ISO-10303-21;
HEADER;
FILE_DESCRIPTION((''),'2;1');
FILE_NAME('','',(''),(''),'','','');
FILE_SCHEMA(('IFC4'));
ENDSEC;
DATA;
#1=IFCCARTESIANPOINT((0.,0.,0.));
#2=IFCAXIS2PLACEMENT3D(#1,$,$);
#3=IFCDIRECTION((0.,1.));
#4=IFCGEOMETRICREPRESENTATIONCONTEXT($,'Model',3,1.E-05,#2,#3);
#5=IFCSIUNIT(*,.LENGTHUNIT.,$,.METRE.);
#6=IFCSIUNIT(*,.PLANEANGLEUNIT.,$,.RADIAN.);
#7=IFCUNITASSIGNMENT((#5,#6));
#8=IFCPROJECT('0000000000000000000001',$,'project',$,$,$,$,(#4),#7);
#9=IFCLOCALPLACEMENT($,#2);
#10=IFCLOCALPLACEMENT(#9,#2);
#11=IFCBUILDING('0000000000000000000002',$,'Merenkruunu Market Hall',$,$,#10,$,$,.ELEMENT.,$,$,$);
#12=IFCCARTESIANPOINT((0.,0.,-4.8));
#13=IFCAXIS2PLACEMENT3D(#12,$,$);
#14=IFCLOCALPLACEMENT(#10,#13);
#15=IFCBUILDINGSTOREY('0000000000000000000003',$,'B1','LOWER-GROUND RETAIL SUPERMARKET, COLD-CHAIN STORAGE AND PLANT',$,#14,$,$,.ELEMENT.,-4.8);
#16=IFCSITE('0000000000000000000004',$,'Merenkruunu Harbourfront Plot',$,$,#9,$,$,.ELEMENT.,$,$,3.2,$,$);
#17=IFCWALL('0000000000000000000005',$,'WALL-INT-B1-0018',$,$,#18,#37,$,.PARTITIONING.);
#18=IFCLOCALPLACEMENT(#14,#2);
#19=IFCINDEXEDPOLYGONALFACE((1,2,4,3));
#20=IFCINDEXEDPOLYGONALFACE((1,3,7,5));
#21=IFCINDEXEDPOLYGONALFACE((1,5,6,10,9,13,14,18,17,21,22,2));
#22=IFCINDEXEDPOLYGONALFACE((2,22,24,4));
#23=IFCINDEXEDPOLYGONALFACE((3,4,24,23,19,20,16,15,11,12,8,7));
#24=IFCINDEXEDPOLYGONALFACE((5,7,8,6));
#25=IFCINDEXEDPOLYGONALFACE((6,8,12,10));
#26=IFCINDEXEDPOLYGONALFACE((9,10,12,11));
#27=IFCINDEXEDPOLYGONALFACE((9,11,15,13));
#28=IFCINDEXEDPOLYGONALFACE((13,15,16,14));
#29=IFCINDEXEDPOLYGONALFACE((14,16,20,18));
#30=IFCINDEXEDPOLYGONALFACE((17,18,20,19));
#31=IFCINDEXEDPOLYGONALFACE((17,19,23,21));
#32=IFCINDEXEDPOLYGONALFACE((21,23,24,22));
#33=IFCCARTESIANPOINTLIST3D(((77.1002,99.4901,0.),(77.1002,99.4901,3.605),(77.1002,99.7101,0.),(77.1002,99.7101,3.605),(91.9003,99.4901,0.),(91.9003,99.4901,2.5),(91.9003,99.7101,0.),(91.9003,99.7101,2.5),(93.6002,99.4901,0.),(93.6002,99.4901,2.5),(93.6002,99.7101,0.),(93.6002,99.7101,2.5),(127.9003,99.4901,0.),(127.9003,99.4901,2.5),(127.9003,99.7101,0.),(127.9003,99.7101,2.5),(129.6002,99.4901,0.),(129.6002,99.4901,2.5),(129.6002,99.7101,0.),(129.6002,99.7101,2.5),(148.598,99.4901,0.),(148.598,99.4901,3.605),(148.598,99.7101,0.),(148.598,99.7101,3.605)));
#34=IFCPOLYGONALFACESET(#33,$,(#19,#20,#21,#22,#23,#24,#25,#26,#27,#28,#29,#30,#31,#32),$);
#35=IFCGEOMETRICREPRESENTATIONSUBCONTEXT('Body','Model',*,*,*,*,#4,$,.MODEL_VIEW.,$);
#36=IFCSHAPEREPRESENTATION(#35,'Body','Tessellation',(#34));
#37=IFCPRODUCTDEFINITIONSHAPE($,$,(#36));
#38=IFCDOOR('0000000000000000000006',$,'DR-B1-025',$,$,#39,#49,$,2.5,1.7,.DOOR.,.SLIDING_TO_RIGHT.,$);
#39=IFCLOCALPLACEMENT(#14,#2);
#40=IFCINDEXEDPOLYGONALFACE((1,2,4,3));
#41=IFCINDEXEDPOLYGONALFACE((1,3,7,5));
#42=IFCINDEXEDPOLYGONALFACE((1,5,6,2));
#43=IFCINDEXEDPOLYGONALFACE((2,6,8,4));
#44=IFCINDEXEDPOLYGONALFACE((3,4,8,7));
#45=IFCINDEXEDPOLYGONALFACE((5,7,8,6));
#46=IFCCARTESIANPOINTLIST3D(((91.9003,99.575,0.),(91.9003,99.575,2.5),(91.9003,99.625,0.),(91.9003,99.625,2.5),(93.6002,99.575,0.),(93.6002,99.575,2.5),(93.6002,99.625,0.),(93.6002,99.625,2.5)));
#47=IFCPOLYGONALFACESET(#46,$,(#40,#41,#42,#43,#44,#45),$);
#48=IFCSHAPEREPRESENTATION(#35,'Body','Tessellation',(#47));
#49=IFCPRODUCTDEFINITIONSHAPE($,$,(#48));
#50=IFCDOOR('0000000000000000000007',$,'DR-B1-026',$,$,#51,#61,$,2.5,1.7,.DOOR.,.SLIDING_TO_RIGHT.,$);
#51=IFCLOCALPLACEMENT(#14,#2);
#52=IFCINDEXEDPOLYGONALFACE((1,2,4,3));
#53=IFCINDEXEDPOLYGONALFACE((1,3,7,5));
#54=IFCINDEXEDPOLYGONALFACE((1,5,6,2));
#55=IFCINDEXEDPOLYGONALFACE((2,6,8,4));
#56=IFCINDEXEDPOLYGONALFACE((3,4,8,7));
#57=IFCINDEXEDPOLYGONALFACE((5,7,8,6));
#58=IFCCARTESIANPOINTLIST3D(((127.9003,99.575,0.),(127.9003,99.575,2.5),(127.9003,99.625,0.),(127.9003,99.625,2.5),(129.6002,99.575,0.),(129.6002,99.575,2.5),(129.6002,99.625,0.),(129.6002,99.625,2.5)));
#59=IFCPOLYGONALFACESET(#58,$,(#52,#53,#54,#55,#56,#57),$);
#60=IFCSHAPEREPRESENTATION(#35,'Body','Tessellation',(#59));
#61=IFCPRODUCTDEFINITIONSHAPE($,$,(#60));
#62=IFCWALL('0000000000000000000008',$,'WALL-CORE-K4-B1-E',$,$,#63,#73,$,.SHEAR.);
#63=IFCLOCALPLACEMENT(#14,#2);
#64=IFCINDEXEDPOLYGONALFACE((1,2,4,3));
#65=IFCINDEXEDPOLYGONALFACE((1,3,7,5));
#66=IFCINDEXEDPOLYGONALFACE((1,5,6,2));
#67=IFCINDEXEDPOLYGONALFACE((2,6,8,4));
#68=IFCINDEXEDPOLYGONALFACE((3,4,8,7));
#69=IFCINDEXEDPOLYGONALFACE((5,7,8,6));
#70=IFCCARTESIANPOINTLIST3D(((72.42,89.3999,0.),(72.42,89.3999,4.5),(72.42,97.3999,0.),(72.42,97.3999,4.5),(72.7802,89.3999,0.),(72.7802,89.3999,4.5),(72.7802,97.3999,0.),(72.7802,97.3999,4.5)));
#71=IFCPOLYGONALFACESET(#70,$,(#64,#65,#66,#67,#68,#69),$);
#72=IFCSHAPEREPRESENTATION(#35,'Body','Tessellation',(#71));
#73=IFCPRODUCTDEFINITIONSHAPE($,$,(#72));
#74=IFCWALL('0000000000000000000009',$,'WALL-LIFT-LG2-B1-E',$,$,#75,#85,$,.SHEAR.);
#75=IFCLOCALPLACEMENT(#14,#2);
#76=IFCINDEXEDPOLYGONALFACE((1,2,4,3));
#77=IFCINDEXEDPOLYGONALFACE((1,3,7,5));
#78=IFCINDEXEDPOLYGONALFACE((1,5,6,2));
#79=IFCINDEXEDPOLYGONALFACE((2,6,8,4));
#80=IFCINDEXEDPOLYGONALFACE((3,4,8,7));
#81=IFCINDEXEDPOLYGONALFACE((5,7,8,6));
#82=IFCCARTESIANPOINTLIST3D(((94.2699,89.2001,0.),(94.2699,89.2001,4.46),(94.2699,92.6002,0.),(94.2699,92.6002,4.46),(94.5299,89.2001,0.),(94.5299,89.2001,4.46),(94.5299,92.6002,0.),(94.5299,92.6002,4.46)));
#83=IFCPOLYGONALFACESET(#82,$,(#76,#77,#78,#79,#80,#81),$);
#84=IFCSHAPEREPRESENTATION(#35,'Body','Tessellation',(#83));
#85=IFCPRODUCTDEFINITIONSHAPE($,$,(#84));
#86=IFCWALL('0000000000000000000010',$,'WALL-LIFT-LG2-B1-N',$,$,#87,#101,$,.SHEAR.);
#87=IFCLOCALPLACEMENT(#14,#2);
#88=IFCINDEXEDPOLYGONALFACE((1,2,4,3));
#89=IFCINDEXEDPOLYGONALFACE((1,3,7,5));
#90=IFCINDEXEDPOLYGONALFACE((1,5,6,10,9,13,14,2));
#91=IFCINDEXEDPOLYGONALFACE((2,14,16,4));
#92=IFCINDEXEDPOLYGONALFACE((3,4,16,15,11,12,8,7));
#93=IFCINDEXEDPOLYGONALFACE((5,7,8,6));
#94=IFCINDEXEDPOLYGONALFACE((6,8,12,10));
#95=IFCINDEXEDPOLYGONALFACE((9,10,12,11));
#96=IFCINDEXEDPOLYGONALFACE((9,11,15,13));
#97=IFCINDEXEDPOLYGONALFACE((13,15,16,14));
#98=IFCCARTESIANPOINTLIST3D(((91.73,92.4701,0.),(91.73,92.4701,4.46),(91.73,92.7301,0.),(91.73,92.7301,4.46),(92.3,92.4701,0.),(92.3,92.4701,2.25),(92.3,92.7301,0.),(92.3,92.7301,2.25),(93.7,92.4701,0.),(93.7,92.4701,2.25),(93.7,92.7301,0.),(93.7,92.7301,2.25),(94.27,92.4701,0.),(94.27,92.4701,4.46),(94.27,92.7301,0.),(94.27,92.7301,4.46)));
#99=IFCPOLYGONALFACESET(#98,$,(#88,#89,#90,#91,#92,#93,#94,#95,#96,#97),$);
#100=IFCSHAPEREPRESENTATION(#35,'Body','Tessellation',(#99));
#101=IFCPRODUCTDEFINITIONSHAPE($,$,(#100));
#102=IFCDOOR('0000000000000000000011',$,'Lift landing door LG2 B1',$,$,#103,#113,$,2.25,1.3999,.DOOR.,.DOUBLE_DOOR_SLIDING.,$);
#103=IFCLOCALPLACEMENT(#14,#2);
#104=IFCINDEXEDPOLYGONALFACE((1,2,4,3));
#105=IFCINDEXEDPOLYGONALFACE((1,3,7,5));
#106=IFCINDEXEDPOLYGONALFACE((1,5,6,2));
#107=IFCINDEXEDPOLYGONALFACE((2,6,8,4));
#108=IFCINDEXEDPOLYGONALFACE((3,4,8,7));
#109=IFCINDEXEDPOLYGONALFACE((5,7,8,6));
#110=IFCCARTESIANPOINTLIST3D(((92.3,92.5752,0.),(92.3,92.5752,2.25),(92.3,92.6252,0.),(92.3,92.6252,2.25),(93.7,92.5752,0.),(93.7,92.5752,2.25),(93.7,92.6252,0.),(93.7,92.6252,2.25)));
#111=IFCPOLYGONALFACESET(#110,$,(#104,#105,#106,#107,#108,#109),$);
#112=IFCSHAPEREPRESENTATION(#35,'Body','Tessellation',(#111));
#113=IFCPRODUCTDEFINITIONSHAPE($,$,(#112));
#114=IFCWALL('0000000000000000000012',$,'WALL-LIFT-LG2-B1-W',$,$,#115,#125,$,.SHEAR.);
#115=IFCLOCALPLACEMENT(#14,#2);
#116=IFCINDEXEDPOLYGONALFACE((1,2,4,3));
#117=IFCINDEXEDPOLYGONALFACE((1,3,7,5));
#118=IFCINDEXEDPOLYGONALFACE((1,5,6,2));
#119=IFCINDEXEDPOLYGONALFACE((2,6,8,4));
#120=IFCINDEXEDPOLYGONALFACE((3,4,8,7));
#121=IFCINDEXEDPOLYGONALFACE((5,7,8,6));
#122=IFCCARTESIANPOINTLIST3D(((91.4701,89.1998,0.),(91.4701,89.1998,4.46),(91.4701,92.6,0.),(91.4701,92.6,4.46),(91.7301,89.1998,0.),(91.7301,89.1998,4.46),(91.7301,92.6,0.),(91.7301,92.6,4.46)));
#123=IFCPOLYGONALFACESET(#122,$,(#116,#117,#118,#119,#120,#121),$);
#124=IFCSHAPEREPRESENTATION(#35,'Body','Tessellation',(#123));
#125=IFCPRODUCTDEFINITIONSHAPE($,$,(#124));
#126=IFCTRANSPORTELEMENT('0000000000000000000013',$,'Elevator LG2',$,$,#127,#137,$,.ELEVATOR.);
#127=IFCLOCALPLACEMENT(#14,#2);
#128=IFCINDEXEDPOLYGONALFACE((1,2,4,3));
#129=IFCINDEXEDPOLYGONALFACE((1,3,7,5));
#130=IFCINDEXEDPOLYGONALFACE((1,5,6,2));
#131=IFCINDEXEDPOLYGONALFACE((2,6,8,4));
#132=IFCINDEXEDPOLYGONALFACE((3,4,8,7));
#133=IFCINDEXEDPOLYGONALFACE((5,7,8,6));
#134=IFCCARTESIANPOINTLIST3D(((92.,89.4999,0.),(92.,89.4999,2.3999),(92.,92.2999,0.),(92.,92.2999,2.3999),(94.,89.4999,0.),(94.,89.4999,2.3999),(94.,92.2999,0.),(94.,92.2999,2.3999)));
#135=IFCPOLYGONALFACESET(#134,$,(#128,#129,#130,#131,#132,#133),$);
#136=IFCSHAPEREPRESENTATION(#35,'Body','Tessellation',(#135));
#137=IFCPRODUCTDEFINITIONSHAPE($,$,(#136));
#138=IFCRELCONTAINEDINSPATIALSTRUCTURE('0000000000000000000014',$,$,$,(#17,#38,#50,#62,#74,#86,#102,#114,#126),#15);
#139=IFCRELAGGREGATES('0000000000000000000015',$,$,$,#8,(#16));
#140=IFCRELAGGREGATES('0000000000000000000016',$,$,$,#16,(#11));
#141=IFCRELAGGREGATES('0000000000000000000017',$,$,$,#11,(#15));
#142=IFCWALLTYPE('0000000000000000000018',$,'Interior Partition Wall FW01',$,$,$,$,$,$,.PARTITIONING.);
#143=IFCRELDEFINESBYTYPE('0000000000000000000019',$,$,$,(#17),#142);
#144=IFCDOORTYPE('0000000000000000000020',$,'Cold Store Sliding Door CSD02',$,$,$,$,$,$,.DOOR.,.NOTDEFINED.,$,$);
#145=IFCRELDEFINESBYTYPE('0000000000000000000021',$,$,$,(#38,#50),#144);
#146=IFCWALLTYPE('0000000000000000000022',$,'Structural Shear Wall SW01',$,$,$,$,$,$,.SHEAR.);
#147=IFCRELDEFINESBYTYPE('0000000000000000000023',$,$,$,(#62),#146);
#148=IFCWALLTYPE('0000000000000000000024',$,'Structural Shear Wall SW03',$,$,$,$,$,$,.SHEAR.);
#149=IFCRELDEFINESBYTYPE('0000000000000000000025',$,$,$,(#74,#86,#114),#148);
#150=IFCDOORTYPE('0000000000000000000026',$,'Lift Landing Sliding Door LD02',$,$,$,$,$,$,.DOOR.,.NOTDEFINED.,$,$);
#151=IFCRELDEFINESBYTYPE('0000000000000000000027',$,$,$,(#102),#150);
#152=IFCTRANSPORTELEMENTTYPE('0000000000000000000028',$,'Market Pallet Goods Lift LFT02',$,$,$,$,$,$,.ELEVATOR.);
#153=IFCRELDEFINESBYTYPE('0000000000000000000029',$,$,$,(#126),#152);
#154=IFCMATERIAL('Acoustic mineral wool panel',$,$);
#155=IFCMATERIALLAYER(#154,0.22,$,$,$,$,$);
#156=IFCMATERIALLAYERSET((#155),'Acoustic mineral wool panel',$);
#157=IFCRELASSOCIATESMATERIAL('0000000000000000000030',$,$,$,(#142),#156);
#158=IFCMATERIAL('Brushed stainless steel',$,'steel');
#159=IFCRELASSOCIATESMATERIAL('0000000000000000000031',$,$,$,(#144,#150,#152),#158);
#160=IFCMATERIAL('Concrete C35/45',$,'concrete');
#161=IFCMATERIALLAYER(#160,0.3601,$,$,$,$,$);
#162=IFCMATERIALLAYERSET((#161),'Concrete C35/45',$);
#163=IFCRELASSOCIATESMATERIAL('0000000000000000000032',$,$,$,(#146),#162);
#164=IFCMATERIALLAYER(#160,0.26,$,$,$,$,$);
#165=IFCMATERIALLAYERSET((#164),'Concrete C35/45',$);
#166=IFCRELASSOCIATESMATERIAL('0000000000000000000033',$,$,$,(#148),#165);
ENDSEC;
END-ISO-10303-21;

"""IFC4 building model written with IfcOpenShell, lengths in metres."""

from ifc_helpers import new_model, si_unit, direction, frame, frame_2d, origin, origin_2d, place, context, subcontext, project, spatial, rectangle, extrude, material, layer, layer_set, type_object, element, fill, save


model = new_model("IFC4")

# Units and contexts
model_context = context("Model", 3, precision=1e-05, world=origin(), true_north=direction((0.0, 1.0)))
body_context = subcontext(model_context, "Body", "Model", "MODEL_VIEW")
ifc_project = project(units=[si_unit("LENGTHUNIT", "METRE"), si_unit("PLANEANGLEUNIT", "RADIAN")], contexts=[model_context])

# Site, building, storey
site_placement = place(None, origin())
site = spatial("IfcSite", under=ifc_project, at=site_placement, Name="Merenkruunu Harbourfront Plot", CompositionType="ELEMENT", RefElevation=3.2)
building_placement = place(site_placement, origin())
building = spatial("IfcBuilding", under=site, at=building_placement, Name="Merenkruunu Market Hall", CompositionType="ELEMENT")
storey_placement = place(building_placement, frame((0.0, 0.0, -4.8)))
storey = spatial("IfcBuildingStorey", under=building, at=storey_placement, Name="B1", Description="LOWER-GROUND RETAIL SUPERMARKET, COLD-CHAIN STORAGE AND PLANT", CompositionType="ELEMENT", Elevation=-4.8)

# Shared definitions
ifc_material_1 = material(Name="Concrete C35/45", Category="concrete")

# Wall, openings, doors
ifc_material_2 = material(Name="Acoustic mineral wool panel")
ifc_layer_1 = layer(ifc_material_2, 0.22)
ifc_layer_set_1 = layer_set([ifc_layer_1], Name="Acoustic mineral wool panel")
wall_type_1 = type_object("IfcWallType", Name="Interior Partition Wall FW01", PredefinedType="PARTITIONING", material=ifc_layer_set_1)
wall_1_placement = place(storey_placement, frame((77.1001, 99.6001, 0.0), z_axis=(0.0, 0.0, 1.0), x_axis=(1.0, 0.0, 0.0)))
wall_1 = element("IfcWall", 1, at=wall_1_placement, inside=storey, type_object=wall_type_1, Name="WALL-INT-B1-0018", PredefinedType="PARTITIONING", context=body_context, shape_type="SweptSolid", body=[
    extrude(rectangle(XDim=71.4978, YDim=0.22, at=frame_2d((35.749, 0.0))), origin(), (0.0, 0.0, 1.0), 3.605),
])
opening_1_placement = place(wall_1_placement, frame((14.8, 0.0, 0.0)))
opening_1 = element("IfcOpeningElement", 2, at=opening_1_placement, cuts=wall_1, PredefinedType="OPENING", context=body_context, shape_type="SweptSolid", body=[
    extrude(rectangle(XDim=1.7, YDim=2.5, at=frame_2d((0.8501, 1.25))), frame((0.0, 0.1201, 0.0), z_axis=(0.0, -1.0, 0.0), x_axis=(1.0, 0.0, 0.0)), (0.0, 0.0, 1.0), 0.24),
])
opening_2_placement = place(wall_1_placement, frame((50.8, 0.0, 0.0)))
opening_2 = element("IfcOpeningElement", 3, at=opening_2_placement, cuts=wall_1, PredefinedType="OPENING", context=body_context, shape_type="SweptSolid", body=[
    extrude(rectangle(XDim=1.7, YDim=2.5, at=frame_2d((0.8501, 1.25))), frame((0.0, 0.1201, 0.0), z_axis=(0.0, -1.0, 0.0), x_axis=(1.0, 0.0, 0.0)), (0.0, 0.0, 1.0), 0.24),
])
ifc_material_3 = material(Name="Brushed stainless steel", Category="steel")
door_type_1 = type_object("IfcDoorType", Name="Cold Store Sliding Door CSD02", OperationType="NOTDEFINED", PredefinedType="DOOR", material=ifc_material_3)
door_1_placement = place(opening_1_placement, origin())
door_1 = element("IfcDoor", 4, at=door_1_placement, inside=storey, type_object=door_type_1, Name="DR-B1-025", OperationType="SLIDING_TO_RIGHT", OverallHeight=2.5, OverallWidth=1.7, PredefinedType="DOOR", context=body_context, shape_type="SweptSolid", body=[
    extrude(rectangle(XDim=1.7, YDim=2.5, at=frame_2d((0.8501, 1.25))), frame((0.0, 0.0249, 0.0), z_axis=(0.0, -1.0, 0.0), x_axis=(1.0, 0.0, 0.0)), (0.0, 0.0, 1.0), 0.05),
])
fill(opening_1, door_1)
door_2_placement = place(opening_2_placement, origin())
door_2 = element("IfcDoor", 5, at=door_2_placement, inside=storey, type_object=door_type_1, Name="DR-B1-026", OperationType="SLIDING_TO_RIGHT", OverallHeight=2.5, OverallWidth=1.7, PredefinedType="DOOR", context=body_context, shape_type="SweptSolid", body=[
    extrude(rectangle(XDim=1.7, YDim=2.5, at=frame_2d((0.8501, 1.25))), frame((0.0, 0.0249, 0.0), z_axis=(0.0, -1.0, 0.0), x_axis=(1.0, 0.0, 0.0)), (0.0, 0.0, 1.0), 0.05),
])
fill(opening_2, door_2)

# Walls
ifc_layer_2 = layer(ifc_material_1, 0.3601)
ifc_layer_set_2 = layer_set([ifc_layer_2], Name="Concrete C35/45")
wall_type_2 = type_object("IfcWallType", Name="Structural Shear Wall SW01", PredefinedType="SHEAR", material=ifc_layer_set_2)
wall_2_placement = place(storey_placement, frame((72.6001, 89.3999, 0.0), z_axis=(0.0, 0.0, 1.0), x_axis=(0.0, 1.0, 0.0)))
element("IfcWall", 6, at=wall_2_placement, inside=storey, type_object=wall_type_2, Name="WALL-CORE-K4-B1-E", PredefinedType="SHEAR", context=body_context, shape_type="SweptSolid", body=[
    extrude(rectangle(XDim=8.0, YDim=0.3601, at=frame_2d((4.0, 0.0))), origin(), (0.0, 0.0, 1.0), 4.5),
])
ifc_layer_3 = layer(ifc_material_1, 0.26)
ifc_layer_set_3 = layer_set([ifc_layer_3], Name="Concrete C35/45")
wall_type_3 = type_object("IfcWallType", Name="Structural Shear Wall SW03", PredefinedType="SHEAR", material=ifc_layer_set_3)
wall_3_placement = place(storey_placement, frame((94.3999, 89.2, 0.0), z_axis=(0.0, 0.0, 1.0), x_axis=(0.0, 1.0, 0.0)))
element("IfcWall", 7, at=wall_3_placement, inside=storey, type_object=wall_type_3, Name="WALL-LIFT-LG2-B1-E", PredefinedType="SHEAR", context=body_context, shape_type="SweptSolid", body=[
    extrude(rectangle(XDim=3.4001, YDim=0.26, at=frame_2d((1.7002, 0.0))), origin(), (0.0, 0.0, 1.0), 4.46),
])

# Wall, opening, door
wall_4_placement = place(storey_placement, frame((94.27, 92.6001, 0.0), z_axis=(0.0, 0.0, 1.0), x_axis=(-1.0, 0.0, 0.0)))
wall_4 = element("IfcWall", 8, at=wall_4_placement, inside=storey, type_object=wall_type_3, Name="WALL-LIFT-LG2-B1-N", PredefinedType="SHEAR", context=body_context, shape_type="SweptSolid", body=[
    extrude(rectangle(XDim=2.54, YDim=0.26, at=frame_2d((1.27, 0.0))), origin(), (0.0, 0.0, 1.0), 4.46),
])
opening_3_placement = place(wall_4_placement, frame((0.5701, 0.0, 0.0)))
opening_3 = element("IfcOpeningElement", 9, at=opening_3_placement, cuts=wall_4, PredefinedType="OPENING", context=body_context, shape_type="SweptSolid", body=[
    extrude(rectangle(XDim=1.3999, YDim=2.25, at=frame_2d((0.7, 1.125))), frame((0.0, 0.1401, 0.0), z_axis=(0.0, -1.0, 0.0), x_axis=(1.0, 0.0, 0.0)), (0.0, 0.0, 1.0), 0.28),
])
door_type_2 = type_object("IfcDoorType", Name="Lift Landing Sliding Door LD02", OperationType="NOTDEFINED", PredefinedType="DOOR", material=ifc_material_3)
door_3_placement = place(opening_3_placement, origin())
door_3 = element("IfcDoor", 10, at=door_3_placement, inside=storey, type_object=door_type_2, Name="Lift landing door LG2 B1", OperationType="DOUBLE_DOOR_SLIDING", OverallHeight=2.25, OverallWidth=1.3999, PredefinedType="DOOR", context=body_context, shape_type="SweptSolid", body=[
    extrude(rectangle(XDim=1.3999, YDim=2.25, at=frame_2d((0.7, 1.125))), frame((0.0, 0.0249, 0.0), z_axis=(0.0, -1.0, 0.0), x_axis=(1.0, 0.0, 0.0)), (0.0, 0.0, 1.0), 0.05),
])
fill(opening_3, door_3)

# Wall
wall_5_placement = place(storey_placement, frame((91.6001, 92.6001, 0.0), z_axis=(0.0, 0.0, 1.0), x_axis=(0.0, -1.0, 0.0)))
element("IfcWall", 11, at=wall_5_placement, inside=storey, type_object=wall_type_3, Name="WALL-LIFT-LG2-B1-W", PredefinedType="SHEAR", context=body_context, shape_type="SweptSolid", body=[
    extrude(rectangle(XDim=3.4001, YDim=0.26, at=frame_2d((1.7002, 0.0))), origin(), (0.0, 0.0, 1.0), 4.46),
])

# Transport element
transport_element_type = type_object("IfcTransportElementType", Name="Market Pallet Goods Lift LFT02", PredefinedType="ELEVATOR", material=ifc_material_3)
transport_element_placement = place(storey_placement, frame((93.0, 90.8999, 0.0), z_axis=(0.0, 0.0, 1.0), x_axis=(1.0, 0.0, 0.0)))
element("IfcTransportElement", 12, at=transport_element_placement, inside=storey, type_object=transport_element_type, Name="Elevator LG2", PredefinedType="ELEVATOR", context=body_context, shape_type="SweptSolid", body=[
    extrude(rectangle(XDim=2.0, YDim=2.8, at=origin_2d()), origin(), (0.0, 0.0, 1.0), 2.3999),
])

save(model, "model.ifc")
